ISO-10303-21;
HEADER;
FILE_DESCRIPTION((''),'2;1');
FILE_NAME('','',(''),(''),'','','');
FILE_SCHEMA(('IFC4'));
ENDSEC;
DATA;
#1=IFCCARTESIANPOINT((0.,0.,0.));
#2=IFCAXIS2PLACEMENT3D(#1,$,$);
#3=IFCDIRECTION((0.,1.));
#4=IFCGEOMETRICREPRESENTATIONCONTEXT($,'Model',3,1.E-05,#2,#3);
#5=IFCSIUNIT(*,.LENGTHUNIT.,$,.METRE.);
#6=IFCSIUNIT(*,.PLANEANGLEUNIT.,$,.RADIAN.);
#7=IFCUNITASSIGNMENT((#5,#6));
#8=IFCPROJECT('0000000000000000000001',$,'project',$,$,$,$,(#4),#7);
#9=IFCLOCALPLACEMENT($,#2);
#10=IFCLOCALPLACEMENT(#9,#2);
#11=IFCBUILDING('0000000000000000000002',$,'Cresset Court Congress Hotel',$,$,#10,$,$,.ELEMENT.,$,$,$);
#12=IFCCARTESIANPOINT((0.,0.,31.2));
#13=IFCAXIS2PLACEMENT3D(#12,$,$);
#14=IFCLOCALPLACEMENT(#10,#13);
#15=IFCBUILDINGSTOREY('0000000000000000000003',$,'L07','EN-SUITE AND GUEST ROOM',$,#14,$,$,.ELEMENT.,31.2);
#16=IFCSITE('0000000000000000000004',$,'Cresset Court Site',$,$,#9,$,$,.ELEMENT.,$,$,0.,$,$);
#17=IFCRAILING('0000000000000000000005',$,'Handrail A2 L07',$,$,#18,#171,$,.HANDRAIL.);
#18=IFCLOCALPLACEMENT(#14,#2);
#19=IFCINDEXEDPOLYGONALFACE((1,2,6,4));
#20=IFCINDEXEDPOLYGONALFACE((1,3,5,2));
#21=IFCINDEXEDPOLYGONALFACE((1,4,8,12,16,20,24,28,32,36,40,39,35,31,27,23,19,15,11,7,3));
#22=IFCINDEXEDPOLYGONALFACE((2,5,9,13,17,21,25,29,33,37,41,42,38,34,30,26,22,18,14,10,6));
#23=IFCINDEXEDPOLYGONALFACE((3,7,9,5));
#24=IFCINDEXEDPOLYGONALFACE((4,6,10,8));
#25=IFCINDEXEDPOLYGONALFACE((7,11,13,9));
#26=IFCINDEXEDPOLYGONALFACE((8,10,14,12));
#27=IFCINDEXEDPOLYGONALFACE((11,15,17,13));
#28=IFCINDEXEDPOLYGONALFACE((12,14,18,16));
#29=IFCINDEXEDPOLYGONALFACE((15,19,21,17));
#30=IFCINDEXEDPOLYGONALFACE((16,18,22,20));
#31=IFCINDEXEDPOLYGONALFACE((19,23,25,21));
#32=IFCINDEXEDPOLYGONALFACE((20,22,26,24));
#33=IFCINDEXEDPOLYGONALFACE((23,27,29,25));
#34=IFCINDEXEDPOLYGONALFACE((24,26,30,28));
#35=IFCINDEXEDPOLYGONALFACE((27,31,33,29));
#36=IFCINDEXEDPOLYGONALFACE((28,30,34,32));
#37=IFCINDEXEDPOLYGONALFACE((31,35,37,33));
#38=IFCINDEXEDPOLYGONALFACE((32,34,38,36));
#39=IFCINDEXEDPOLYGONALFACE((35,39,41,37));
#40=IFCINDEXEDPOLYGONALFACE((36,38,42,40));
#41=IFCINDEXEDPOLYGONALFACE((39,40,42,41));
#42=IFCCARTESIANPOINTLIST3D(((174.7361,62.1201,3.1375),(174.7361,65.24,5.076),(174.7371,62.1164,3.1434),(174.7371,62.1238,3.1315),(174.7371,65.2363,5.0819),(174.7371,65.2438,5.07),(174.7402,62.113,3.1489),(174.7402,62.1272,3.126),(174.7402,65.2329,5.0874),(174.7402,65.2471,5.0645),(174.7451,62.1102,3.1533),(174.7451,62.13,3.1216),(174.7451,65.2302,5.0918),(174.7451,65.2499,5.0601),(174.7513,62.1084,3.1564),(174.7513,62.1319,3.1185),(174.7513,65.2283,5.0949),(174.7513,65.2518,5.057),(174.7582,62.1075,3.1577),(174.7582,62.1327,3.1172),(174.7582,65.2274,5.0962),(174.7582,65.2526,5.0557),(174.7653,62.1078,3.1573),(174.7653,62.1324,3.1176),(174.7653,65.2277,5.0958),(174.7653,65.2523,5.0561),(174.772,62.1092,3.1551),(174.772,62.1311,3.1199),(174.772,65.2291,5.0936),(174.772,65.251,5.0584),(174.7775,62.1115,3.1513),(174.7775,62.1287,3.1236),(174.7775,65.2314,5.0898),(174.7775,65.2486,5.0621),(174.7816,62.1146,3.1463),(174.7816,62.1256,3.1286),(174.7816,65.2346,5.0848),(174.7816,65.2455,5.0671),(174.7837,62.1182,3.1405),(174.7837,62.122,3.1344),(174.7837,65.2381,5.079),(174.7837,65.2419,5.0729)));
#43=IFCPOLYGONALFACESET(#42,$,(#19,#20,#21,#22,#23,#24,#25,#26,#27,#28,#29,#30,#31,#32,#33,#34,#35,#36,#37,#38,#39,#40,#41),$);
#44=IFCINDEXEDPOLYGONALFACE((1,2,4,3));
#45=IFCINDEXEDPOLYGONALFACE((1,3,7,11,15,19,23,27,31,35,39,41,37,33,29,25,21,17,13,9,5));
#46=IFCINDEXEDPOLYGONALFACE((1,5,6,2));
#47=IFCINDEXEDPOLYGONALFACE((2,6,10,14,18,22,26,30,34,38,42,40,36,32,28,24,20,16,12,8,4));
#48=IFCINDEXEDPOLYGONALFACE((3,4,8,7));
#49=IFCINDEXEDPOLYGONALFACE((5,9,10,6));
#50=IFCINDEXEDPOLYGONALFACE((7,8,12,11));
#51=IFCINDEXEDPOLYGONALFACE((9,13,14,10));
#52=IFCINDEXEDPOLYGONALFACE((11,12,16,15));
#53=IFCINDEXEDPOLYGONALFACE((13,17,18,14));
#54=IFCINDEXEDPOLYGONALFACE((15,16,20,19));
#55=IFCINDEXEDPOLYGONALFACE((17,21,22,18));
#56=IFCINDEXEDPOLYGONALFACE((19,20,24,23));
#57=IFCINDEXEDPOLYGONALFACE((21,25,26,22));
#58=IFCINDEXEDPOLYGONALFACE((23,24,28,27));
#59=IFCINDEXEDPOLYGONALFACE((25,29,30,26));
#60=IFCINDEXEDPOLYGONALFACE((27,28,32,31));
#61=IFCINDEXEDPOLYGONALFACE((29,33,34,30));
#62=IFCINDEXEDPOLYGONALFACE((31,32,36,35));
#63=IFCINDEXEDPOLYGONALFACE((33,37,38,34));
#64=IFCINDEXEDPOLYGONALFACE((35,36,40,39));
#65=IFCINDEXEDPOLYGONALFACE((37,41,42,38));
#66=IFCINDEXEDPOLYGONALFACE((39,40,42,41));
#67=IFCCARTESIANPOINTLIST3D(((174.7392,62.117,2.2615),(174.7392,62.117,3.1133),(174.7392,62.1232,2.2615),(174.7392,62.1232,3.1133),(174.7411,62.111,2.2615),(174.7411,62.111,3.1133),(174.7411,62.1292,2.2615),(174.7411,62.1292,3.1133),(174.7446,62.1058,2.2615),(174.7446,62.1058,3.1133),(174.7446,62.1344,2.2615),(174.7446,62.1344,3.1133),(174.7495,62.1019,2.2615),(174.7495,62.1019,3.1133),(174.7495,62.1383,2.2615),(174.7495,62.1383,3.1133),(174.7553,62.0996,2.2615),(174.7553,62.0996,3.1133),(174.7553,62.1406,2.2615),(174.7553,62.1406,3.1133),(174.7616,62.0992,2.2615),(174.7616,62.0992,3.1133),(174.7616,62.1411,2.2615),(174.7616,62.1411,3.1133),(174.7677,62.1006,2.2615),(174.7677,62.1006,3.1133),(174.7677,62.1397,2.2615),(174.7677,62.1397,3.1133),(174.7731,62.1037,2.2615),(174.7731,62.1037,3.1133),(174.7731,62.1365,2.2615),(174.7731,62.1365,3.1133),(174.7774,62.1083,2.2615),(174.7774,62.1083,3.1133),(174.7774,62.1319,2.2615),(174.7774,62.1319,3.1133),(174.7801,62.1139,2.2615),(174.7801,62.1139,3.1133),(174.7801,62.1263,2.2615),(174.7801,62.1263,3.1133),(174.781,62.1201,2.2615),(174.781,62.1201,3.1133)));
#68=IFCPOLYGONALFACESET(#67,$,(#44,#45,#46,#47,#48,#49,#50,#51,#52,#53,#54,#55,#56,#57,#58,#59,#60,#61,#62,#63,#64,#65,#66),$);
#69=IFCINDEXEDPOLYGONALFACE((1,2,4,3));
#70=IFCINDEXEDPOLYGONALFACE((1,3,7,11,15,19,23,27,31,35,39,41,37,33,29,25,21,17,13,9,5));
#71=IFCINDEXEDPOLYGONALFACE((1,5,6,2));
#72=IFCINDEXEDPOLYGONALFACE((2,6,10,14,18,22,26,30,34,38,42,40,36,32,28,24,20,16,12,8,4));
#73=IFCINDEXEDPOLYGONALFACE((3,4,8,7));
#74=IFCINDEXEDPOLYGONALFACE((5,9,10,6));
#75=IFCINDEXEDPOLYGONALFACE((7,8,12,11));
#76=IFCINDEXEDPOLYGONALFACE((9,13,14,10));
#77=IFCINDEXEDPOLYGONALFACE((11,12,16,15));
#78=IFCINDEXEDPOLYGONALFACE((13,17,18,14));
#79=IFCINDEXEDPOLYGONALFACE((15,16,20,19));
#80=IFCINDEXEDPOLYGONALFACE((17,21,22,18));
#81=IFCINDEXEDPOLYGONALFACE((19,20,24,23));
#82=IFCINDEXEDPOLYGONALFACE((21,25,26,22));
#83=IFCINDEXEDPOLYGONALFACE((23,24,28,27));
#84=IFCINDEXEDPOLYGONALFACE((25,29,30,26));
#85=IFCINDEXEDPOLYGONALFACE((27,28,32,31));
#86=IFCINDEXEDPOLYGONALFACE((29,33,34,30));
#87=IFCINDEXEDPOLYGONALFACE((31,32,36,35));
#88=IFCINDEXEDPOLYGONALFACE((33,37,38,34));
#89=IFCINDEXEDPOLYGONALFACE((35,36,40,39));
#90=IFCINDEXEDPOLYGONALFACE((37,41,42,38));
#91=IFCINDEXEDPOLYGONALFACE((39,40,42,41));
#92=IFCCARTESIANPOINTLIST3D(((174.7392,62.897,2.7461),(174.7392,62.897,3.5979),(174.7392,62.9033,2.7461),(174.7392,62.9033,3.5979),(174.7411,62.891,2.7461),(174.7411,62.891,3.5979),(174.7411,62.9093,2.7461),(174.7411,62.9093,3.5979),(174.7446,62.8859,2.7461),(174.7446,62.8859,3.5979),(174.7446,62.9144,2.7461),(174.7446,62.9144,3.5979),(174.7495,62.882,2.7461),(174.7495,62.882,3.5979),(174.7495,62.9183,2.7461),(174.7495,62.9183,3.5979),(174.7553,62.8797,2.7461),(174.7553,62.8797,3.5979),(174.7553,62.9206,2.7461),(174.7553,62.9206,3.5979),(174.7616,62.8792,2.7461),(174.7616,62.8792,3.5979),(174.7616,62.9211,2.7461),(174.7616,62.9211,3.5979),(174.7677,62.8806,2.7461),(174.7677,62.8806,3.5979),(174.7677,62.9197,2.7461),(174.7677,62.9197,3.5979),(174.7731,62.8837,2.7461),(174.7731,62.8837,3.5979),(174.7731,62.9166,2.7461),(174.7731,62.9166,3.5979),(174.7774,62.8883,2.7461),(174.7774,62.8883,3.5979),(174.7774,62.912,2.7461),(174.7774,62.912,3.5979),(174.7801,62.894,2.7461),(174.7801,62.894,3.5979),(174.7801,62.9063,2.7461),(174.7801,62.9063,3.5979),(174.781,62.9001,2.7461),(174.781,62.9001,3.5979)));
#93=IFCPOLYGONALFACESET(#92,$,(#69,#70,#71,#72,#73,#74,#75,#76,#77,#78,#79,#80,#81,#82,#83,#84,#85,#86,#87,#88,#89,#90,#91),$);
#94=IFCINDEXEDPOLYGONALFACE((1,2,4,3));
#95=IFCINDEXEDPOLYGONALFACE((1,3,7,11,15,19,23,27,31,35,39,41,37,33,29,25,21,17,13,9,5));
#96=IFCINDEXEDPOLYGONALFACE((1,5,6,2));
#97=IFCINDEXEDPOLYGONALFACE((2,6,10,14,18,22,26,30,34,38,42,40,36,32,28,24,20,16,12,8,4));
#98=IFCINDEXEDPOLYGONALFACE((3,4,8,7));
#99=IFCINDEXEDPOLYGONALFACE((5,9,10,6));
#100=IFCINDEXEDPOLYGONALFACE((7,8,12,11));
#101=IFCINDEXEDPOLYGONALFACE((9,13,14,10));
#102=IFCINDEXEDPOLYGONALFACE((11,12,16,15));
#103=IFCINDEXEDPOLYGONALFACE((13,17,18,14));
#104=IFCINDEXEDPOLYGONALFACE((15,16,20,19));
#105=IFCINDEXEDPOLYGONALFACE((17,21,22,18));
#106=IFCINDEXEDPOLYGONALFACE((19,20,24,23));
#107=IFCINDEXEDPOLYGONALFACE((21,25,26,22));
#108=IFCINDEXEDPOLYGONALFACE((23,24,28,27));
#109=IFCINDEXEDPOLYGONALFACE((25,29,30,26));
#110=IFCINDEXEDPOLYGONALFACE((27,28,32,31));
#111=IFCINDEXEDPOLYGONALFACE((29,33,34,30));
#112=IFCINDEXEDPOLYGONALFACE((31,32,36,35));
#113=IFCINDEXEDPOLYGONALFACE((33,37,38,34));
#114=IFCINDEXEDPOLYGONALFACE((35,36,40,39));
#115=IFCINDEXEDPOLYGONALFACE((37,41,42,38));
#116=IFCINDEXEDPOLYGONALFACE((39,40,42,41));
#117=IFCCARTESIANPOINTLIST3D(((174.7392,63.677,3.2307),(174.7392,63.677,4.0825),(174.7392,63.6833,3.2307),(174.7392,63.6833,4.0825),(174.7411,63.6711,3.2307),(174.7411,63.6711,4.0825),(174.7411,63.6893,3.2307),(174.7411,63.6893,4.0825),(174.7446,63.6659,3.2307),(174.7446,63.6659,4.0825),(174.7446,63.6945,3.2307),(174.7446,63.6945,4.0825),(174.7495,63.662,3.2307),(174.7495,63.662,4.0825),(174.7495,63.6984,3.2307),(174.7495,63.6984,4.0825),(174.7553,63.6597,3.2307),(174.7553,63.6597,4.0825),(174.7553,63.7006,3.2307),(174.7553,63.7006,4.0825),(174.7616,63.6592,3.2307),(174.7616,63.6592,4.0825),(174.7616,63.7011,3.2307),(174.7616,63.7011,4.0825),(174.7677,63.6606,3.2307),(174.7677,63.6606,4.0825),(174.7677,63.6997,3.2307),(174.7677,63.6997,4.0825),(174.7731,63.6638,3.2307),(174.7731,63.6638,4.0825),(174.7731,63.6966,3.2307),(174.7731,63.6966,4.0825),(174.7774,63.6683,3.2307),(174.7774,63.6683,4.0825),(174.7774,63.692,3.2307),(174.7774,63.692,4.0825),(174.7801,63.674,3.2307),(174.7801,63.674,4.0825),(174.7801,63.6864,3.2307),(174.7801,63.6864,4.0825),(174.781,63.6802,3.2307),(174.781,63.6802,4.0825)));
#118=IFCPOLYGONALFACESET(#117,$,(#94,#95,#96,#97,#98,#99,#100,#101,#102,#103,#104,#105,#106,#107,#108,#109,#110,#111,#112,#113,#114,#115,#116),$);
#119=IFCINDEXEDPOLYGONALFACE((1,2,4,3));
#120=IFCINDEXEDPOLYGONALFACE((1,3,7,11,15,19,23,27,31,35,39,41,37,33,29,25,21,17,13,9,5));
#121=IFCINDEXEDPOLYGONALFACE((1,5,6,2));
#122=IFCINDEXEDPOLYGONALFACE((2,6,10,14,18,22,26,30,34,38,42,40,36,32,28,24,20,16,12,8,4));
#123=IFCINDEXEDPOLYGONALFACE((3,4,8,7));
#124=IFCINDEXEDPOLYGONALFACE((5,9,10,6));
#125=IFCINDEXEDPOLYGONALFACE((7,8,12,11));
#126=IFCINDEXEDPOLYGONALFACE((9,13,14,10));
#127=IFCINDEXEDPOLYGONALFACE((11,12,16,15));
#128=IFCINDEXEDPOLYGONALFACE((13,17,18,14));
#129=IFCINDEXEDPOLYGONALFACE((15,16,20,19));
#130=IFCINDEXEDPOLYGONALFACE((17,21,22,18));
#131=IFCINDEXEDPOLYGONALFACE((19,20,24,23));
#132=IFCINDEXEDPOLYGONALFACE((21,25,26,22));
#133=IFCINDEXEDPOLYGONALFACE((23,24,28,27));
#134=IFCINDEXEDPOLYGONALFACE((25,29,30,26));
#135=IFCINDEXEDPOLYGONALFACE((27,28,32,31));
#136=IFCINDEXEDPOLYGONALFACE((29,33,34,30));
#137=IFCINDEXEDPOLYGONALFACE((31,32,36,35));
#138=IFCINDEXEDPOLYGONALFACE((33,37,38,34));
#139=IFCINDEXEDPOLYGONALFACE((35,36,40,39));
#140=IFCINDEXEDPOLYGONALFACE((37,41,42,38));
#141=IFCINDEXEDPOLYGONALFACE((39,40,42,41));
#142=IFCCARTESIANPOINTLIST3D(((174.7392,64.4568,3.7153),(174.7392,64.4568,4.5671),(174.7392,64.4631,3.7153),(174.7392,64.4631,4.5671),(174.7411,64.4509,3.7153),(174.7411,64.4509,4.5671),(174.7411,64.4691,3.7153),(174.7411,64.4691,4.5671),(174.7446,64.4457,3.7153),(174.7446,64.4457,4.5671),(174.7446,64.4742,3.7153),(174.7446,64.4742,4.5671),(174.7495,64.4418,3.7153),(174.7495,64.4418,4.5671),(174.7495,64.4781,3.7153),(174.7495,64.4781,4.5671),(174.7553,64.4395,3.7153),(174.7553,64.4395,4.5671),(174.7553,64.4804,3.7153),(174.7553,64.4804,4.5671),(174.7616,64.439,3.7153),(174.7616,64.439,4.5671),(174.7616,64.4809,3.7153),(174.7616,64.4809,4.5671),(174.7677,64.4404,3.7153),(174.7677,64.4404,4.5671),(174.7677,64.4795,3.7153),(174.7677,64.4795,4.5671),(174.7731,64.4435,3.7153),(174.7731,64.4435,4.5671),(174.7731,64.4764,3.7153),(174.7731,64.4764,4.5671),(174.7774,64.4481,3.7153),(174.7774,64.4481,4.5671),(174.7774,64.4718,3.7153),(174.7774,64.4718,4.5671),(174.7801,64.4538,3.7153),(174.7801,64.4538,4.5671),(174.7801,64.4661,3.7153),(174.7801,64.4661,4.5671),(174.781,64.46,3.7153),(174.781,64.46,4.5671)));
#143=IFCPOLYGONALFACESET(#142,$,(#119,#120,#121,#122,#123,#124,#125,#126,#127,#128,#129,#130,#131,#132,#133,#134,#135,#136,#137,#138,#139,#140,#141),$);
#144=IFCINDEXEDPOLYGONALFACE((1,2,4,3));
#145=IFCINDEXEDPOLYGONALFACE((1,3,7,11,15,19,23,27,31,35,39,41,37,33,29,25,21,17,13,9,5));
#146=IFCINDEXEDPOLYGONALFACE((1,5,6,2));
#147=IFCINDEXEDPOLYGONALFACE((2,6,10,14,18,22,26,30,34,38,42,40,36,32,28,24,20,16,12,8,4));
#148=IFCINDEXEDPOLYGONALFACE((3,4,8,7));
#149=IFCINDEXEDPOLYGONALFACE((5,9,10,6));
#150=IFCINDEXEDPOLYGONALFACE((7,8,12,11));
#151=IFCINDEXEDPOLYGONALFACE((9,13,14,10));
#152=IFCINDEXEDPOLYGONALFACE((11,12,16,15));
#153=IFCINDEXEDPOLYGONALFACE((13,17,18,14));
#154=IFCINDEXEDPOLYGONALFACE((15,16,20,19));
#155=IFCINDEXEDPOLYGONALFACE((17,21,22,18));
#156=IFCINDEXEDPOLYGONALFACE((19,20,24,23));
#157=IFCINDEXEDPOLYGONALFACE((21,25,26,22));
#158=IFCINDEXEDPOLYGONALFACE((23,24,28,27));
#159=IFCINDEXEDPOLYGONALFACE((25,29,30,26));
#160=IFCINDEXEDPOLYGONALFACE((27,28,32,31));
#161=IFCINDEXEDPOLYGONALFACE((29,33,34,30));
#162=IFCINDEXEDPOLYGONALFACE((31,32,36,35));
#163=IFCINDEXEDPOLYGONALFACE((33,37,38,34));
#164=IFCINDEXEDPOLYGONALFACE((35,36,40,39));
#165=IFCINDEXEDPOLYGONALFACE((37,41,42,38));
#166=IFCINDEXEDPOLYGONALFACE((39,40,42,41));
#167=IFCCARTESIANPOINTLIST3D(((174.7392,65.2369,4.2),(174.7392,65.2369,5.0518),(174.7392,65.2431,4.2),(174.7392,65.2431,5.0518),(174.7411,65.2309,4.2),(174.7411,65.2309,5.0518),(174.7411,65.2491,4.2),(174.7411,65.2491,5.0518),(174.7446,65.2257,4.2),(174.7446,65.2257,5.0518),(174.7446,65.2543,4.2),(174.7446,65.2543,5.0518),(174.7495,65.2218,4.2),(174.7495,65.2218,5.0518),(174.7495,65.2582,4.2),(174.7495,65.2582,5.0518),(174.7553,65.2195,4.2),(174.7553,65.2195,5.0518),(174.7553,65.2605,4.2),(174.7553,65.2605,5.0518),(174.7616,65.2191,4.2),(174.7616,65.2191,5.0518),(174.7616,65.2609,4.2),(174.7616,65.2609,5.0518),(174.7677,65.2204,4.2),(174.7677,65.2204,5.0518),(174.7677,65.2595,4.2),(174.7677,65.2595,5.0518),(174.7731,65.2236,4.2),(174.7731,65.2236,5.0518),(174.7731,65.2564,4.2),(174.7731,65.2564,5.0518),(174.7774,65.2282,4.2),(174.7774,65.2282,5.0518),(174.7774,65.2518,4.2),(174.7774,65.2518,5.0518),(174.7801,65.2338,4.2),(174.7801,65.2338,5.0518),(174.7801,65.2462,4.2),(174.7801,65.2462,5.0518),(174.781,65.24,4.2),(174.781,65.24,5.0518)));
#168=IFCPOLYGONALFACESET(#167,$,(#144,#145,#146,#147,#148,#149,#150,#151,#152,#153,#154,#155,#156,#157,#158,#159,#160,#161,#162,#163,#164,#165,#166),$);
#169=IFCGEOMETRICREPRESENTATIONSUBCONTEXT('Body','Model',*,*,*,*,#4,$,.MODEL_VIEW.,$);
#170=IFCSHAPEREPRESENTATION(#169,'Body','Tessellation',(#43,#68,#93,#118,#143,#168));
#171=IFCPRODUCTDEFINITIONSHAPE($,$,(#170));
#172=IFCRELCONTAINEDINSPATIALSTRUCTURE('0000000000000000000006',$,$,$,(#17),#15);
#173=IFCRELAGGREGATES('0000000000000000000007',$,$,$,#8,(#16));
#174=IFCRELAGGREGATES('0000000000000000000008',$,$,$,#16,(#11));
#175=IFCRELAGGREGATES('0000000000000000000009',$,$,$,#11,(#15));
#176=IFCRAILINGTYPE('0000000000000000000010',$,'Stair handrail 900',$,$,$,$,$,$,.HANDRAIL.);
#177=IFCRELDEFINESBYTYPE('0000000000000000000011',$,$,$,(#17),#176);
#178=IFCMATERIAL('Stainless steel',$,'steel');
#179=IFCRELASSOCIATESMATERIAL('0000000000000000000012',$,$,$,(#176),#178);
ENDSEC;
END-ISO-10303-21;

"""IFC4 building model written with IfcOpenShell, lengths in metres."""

from ifc_helpers import new_model, si_unit, direction, frame, origin, origin_2d, place, context, subcontext, project, spatial, circle, extrude, material, type_object, element, save


model = new_model("IFC4")

# Units and contexts
model_context = context("Model", 3, precision=1e-05, world=origin(), true_north=direction((0.0, 1.0)))
body_context = subcontext(model_context, "Body", "Model", "MODEL_VIEW")
ifc_project = project(units=[si_unit("LENGTHUNIT", "METRE"), si_unit("PLANEANGLEUNIT", "RADIAN")], contexts=[model_context])

# Site, building, storey
site_placement = place(None, origin())
site = spatial("IfcSite", under=ifc_project, at=site_placement, Name="Cresset Court Site", CompositionType="ELEMENT", RefElevation=0.0)
building_placement = place(site_placement, origin())
building = spatial("IfcBuilding", under=site, at=building_placement, Name="Cresset Court Congress Hotel", CompositionType="ELEMENT")
storey_placement = place(building_placement, frame((0.0, 0.0, 31.2)))
storey = spatial("IfcBuildingStorey", under=building, at=storey_placement, Name="L07", Description="EN-SUITE AND GUEST ROOM", CompositionType="ELEMENT", Elevation=31.2)

# Railing
ifc_material_1 = material(Name="Stainless steel", Category="steel")
railing_type_1 = type_object("IfcRailingType", Name="Stair handrail 900", PredefinedType="HANDRAIL", material=ifc_material_1)
railing_1_placement = place(storey_placement, frame((174.76, 62.1201, 2.2615)))
element("IfcRailing", 1, at=railing_1_placement, inside=storey, type_object=railing_type_1, Name="Handrail A2 L07", PredefinedType="HANDRAIL", context=body_context, shape_type="SweptSolid", body=[
    extrude(circle(Radius=0.0239, at=origin_2d()), frame((0.0, 0.0, 0.876), z_axis=(0.0, 0.849396, 0.527757), x_axis=(-1.0, 0.0, 0.0)), (0.0, 0.0, 1.0), 3.6731),
    extrude(circle(Radius=0.021, at=origin_2d()), origin(), (0.0, 0.0, 1.0), 0.8518),
    extrude(circle(Radius=0.021, at=origin_2d()), frame((0.0, 0.78, 0.4846)), (0.0, 0.0, 1.0), 0.8518),
    extrude(circle(Radius=0.021, at=origin_2d()), frame((0.0, 1.5601, 0.9692)), (0.0, 0.0, 1.0), 0.8518),
    extrude(circle(Radius=0.021, at=origin_2d()), frame((0.0, 2.3398, 1.4539)), (0.0, 0.0, 1.0), 0.8518),
    extrude(circle(Radius=0.021, at=origin_2d()), frame((0.0, 3.1199, 1.9385)), (0.0, 0.0, 1.0), 0.8518),
])

save(model, "model.ifc")
